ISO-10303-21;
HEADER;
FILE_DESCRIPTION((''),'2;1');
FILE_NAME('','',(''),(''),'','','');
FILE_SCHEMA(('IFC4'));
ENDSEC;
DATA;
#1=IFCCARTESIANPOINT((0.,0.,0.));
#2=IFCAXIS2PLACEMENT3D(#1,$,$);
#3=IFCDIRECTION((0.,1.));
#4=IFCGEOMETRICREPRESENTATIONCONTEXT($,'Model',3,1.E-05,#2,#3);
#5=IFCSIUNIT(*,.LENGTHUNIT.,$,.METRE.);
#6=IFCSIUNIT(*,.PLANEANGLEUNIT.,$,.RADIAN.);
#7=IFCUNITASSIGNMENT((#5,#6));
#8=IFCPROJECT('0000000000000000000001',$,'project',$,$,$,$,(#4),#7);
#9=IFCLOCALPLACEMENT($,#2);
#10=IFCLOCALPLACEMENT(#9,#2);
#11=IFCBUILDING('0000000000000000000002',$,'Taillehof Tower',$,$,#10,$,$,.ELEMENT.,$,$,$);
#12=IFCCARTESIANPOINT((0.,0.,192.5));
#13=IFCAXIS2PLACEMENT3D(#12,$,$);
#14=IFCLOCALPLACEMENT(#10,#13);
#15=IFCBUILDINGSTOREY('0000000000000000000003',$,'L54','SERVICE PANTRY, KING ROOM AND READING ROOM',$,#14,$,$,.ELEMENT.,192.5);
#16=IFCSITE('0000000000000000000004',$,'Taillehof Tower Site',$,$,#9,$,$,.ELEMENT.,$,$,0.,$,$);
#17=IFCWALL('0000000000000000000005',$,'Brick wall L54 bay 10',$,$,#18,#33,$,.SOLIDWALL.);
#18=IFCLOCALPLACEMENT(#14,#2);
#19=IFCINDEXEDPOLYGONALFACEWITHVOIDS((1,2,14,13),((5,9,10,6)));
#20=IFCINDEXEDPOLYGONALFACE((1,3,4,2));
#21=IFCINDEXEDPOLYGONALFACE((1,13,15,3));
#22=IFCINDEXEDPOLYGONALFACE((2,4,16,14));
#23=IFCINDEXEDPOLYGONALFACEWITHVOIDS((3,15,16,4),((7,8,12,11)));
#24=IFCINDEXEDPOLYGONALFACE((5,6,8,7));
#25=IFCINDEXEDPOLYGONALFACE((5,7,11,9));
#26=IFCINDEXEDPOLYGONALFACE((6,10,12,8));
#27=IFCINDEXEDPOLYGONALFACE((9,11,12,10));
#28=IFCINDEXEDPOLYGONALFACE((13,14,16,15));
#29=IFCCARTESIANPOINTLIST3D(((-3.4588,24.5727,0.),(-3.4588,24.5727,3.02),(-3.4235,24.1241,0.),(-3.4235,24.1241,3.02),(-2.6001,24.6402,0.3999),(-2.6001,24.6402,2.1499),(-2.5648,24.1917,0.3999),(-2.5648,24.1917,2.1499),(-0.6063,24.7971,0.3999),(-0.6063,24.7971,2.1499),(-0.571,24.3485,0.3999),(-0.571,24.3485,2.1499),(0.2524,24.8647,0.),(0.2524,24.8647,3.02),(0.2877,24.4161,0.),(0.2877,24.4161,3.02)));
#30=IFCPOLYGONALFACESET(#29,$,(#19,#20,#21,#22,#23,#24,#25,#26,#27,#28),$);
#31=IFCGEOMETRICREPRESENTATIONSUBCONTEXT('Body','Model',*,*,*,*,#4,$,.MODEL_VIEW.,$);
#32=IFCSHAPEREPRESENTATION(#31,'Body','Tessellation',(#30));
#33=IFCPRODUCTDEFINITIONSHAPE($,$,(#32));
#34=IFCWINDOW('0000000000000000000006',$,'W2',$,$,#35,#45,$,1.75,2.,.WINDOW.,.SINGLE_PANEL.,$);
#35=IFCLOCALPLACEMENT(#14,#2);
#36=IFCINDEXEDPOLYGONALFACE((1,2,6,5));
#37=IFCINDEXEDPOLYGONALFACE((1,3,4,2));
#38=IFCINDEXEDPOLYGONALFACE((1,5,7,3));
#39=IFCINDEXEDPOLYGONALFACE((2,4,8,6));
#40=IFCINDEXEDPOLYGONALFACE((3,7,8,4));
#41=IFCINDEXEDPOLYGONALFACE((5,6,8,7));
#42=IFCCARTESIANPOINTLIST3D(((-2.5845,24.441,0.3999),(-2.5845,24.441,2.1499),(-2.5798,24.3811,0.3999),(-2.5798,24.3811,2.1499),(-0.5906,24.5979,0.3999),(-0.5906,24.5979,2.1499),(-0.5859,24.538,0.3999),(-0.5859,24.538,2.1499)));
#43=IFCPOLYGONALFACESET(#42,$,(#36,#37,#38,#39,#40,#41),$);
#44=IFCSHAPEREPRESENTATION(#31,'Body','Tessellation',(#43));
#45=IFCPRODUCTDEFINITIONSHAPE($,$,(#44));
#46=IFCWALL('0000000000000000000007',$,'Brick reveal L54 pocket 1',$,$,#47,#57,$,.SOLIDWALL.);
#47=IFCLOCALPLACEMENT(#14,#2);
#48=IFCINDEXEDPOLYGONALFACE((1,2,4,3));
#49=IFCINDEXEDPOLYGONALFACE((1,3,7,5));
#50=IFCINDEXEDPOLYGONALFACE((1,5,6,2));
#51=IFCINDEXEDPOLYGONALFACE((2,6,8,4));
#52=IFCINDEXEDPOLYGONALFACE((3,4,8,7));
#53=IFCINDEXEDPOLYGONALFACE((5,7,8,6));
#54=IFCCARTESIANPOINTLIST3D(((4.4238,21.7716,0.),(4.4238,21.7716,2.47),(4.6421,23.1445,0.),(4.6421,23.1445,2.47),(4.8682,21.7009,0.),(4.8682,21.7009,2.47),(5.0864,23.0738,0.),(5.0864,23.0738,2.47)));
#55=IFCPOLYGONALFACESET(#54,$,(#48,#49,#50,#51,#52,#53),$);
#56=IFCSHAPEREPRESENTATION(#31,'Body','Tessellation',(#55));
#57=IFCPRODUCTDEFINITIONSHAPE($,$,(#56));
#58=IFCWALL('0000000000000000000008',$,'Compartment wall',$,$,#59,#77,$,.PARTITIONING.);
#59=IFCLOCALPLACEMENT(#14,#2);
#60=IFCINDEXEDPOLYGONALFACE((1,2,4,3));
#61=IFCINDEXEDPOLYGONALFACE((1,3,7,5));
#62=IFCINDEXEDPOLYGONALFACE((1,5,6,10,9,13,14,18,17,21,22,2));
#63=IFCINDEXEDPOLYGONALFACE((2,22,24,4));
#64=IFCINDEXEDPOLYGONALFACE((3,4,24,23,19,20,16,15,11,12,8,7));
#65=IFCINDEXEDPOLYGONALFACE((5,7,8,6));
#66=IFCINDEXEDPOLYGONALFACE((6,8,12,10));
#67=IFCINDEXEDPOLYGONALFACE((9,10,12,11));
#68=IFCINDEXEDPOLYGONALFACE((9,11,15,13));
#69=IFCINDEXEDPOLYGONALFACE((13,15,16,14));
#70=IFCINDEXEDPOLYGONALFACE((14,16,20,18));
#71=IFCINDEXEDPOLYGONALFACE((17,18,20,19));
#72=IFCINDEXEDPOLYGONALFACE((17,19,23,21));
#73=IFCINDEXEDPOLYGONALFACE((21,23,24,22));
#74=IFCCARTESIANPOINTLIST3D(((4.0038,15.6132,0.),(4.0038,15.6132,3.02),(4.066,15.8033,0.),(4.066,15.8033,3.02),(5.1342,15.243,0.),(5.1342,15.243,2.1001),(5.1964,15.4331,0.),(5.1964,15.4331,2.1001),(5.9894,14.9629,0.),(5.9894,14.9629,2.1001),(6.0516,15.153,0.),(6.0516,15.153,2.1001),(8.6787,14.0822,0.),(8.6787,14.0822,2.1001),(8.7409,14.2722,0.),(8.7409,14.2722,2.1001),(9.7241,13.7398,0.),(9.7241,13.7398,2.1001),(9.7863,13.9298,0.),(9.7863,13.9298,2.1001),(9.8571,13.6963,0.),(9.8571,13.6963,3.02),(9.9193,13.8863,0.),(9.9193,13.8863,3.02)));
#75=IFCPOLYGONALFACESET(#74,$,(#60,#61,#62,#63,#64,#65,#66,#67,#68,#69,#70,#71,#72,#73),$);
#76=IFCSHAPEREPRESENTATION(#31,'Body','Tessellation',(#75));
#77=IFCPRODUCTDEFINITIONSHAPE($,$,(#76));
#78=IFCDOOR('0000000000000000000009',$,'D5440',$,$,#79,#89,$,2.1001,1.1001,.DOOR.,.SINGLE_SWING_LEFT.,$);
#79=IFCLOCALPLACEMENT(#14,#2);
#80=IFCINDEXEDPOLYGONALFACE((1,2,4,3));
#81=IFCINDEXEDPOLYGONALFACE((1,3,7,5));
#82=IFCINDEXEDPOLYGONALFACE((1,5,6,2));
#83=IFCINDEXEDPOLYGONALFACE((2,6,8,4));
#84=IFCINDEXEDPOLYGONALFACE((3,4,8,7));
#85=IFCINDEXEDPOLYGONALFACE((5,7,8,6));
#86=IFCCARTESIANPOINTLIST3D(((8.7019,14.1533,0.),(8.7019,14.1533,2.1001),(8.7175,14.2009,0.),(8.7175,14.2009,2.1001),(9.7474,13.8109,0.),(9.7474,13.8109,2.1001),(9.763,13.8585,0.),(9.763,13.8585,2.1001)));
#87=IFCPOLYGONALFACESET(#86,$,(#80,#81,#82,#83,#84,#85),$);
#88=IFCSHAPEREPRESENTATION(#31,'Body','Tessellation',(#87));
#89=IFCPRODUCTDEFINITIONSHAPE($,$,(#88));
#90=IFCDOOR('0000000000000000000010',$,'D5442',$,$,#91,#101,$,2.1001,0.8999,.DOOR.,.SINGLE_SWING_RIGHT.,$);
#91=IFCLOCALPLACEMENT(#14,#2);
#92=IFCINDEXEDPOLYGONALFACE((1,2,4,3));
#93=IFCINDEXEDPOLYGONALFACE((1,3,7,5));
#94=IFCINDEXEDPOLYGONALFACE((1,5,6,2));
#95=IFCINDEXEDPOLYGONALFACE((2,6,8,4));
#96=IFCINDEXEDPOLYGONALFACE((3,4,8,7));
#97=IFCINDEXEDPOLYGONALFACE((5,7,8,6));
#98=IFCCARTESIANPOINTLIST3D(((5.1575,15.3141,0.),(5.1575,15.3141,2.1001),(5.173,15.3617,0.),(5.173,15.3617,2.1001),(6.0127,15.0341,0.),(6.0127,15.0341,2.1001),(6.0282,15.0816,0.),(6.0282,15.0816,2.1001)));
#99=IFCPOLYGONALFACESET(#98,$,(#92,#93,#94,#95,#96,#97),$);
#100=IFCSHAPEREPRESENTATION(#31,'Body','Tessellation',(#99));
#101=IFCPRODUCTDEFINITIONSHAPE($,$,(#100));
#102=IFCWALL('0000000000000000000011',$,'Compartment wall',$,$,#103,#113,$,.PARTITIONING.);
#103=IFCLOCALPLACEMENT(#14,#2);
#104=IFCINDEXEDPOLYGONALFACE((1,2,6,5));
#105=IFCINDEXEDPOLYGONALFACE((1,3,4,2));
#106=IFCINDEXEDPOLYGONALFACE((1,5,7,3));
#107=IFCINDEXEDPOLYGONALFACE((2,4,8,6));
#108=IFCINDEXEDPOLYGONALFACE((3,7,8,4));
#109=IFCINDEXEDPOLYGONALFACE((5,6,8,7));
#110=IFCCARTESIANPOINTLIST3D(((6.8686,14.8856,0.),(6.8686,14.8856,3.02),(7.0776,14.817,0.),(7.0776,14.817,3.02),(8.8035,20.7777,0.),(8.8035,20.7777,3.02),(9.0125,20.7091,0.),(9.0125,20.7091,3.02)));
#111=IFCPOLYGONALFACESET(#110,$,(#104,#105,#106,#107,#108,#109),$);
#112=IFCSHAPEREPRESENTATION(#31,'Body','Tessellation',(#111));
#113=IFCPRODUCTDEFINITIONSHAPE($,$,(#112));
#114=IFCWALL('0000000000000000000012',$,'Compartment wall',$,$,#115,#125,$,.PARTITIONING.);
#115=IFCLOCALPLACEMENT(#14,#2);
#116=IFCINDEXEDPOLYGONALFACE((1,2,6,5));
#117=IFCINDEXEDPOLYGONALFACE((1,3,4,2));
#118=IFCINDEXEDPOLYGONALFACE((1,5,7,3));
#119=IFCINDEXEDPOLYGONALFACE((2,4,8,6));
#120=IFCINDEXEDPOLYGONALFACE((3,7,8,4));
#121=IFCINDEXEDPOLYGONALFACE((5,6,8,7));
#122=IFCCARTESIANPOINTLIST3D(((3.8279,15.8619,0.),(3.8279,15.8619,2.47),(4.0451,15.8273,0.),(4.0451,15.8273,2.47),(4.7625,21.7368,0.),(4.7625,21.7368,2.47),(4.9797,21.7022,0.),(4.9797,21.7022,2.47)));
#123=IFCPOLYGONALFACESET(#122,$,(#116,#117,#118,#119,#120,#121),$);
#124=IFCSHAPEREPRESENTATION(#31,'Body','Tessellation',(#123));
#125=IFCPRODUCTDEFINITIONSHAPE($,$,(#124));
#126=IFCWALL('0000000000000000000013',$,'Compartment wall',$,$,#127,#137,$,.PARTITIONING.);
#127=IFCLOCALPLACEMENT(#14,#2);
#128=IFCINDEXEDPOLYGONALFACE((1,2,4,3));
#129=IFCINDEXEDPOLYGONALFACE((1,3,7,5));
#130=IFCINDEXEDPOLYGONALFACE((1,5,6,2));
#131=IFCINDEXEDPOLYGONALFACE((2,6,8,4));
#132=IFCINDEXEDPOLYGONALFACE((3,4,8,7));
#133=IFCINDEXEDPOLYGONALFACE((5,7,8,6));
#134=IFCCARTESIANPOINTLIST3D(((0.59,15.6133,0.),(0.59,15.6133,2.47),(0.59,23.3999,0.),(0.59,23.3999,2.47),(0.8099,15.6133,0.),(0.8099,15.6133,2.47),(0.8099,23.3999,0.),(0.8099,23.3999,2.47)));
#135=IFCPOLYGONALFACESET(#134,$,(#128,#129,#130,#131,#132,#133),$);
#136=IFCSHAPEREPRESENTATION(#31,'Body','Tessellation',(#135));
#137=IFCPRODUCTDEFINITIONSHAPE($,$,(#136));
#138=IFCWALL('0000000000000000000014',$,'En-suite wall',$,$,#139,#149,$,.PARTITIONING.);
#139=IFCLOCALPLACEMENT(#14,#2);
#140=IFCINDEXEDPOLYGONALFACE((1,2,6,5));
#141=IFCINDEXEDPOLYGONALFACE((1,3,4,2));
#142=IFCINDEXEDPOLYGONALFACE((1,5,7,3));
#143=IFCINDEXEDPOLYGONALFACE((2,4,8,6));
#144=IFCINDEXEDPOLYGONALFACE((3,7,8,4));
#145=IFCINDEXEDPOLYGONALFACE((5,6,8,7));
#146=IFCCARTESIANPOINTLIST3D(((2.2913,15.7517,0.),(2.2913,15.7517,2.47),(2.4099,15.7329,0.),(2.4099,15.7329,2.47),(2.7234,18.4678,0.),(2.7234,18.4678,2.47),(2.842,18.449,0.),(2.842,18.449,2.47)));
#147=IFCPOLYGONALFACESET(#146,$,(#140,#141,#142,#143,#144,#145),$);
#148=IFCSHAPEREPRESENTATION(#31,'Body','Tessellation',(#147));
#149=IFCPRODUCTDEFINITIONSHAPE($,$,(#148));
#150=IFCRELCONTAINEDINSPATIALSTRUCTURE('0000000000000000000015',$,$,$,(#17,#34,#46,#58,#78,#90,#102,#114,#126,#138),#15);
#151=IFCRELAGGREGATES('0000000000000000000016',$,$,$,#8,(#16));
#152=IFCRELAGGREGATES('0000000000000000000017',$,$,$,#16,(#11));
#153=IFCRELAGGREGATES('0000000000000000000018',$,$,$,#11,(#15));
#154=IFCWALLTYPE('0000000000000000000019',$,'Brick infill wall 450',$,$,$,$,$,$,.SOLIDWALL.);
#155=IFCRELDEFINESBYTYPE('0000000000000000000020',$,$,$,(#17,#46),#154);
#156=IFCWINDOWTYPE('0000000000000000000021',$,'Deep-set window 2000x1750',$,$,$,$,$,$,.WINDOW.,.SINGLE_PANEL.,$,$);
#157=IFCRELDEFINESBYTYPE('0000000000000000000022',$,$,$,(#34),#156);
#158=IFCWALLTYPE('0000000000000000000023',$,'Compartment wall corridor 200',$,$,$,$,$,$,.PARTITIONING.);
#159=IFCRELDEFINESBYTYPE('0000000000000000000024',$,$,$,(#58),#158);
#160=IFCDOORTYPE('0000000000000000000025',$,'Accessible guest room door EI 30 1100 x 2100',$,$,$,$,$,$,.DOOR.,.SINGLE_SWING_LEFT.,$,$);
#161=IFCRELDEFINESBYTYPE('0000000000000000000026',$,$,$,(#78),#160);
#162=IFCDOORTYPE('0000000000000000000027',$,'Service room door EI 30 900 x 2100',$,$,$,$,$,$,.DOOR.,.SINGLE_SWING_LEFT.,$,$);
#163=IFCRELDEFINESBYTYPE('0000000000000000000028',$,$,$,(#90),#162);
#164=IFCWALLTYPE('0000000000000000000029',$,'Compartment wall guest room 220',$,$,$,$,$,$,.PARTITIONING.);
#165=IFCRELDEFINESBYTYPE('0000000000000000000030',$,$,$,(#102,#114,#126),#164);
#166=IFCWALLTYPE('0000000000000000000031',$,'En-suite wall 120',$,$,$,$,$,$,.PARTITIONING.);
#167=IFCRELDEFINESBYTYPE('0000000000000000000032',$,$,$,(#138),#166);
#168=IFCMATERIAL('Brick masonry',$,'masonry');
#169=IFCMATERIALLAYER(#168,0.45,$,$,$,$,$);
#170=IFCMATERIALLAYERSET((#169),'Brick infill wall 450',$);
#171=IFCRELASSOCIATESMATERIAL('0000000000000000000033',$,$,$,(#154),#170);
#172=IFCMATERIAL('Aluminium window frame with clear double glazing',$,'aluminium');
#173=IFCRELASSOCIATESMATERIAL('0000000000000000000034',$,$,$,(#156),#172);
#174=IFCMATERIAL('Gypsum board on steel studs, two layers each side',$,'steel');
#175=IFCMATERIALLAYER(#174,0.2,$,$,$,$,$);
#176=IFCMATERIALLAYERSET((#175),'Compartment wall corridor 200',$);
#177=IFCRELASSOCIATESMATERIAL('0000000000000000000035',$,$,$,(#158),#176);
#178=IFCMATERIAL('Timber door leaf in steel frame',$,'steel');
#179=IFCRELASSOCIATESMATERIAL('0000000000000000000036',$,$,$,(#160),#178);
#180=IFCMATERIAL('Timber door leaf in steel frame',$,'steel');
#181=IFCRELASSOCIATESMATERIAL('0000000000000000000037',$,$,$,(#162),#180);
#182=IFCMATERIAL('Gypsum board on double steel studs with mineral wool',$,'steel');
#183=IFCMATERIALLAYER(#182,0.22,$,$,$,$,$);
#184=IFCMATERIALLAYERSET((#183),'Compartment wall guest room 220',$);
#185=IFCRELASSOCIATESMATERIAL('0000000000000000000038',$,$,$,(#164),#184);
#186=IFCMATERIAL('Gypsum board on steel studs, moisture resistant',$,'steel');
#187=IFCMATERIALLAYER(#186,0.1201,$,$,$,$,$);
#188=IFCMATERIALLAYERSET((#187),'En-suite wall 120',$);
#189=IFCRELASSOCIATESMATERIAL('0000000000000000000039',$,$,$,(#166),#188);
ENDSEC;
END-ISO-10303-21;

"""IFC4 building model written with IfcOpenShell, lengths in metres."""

from ifc_helpers import new_model, si_unit, direction, frame, frame_2d, origin, place, context, subcontext, project, spatial, rectangle, extrude, material, layer, layer_set, type_object, element, fill, save


model = new_model("IFC4")

# Units and contexts
model_context = context("Model", 3, precision=1e-05, world=origin(), true_north=direction((0.0, 1.0)))
body_context = subcontext(model_context, "Body", "Model", "MODEL_VIEW")
ifc_project = project(units=[si_unit("LENGTHUNIT", "METRE"), si_unit("PLANEANGLEUNIT", "RADIAN")], contexts=[model_context])

# Site, building, storey
site_placement = place(None, origin())
site = spatial("IfcSite", under=ifc_project, at=site_placement, Name="Taillehof Tower Site", CompositionType="ELEMENT", RefElevation=0.0)
building_placement = place(site_placement, origin())
building = spatial("IfcBuilding", under=site, at=building_placement, Name="Taillehof Tower", CompositionType="ELEMENT")
storey_placement = place(building_placement, frame((0.0, 0.0, 192.5)))
storey = spatial("IfcBuildingStorey", under=building, at=storey_placement, Name="L54", Description="SERVICE PANTRY, KING ROOM AND READING ROOM", CompositionType="ELEMENT", Elevation=192.5)

# Wall, opening, window
ifc_material_1 = material(Name="Brick masonry", Category="masonry")
ifc_layer_1 = layer(ifc_material_1, 0.45)
ifc_layer_set_1 = layer_set([ifc_layer_1], Name="Brick infill wall 450")
wall_type_1 = type_object("IfcWallType", Name="Brick infill wall 450", PredefinedType="SOLIDWALL", material=ifc_layer_set_1)
ifc_material_2 = material(Name="Aluminium window frame with clear double glazing", Category="aluminium")
window_type_1 = type_object("IfcWindowType", Name="Deep-set window 2000x1750", PartitioningType="SINGLE_PANEL", PredefinedType="WINDOW", material=ifc_material_2)
wall_1_placement = place(storey_placement, frame((0.27, 24.6404, 0.0), z_axis=(0.0, 0.0, 1.0), x_axis=(-0.996919, -0.078437, 0.0)))
wall_1 = element("IfcWall", 1, at=wall_1_placement, inside=storey, type_object=wall_type_1, Name="Brick wall L54 bay 10", PredefinedType="SOLIDWALL", context=body_context, shape_type="SweptSolid", body=[
    extrude(rectangle(XDim=3.7227, YDim=0.45, at=frame_2d((1.8613, 0.0))), origin(), (0.0, 0.0, 1.0), 3.02),
])
opening_1_placement = place(wall_1_placement, frame((0.8613, 0.0, 0.3999)))
opening_1 = element("IfcOpeningElement", 2, at=opening_1_placement, cuts=wall_1, PredefinedType="OPENING", context=body_context, shape_type="SweptSolid", body=[
    extrude(rectangle(XDim=2.0, YDim=1.75, at=frame_2d((1.0, 0.875))), frame((0.0, 0.2349, 0.0), z_axis=(0.0, -1.0, 0.0), x_axis=(1.0, 0.0, 0.0)), (0.0, 0.0, 1.0), 0.47),
])
window_1_placement = place(opening_1_placement, origin())
window_1 = element("IfcWindow", 3, at=window_1_placement, inside=storey, type_object=window_type_1, Name="W2", OverallHeight=1.75, OverallWidth=2.0, PartitioningType="SINGLE_PANEL", PredefinedType="WINDOW", context=body_context, shape_type="SweptSolid", body=[
    extrude(rectangle(XDim=2.0, YDim=1.75, at=frame_2d((1.0, 0.875))), frame((0.0, 0.0349, 0.0), z_axis=(0.0, -1.0, 0.0), x_axis=(1.0, 0.0, 0.0)), (0.0, 0.0, 1.0), 0.0601),
])
fill(opening_1, window_1)

# Wall
wall_2_placement = place(storey_placement, frame((4.8643, 23.1091, 0.0), z_axis=(0.0, 0.0, 1.0), x_axis=(-0.157018, -0.987596, 0.0)))
element("IfcWall", 4, at=wall_2_placement, inside=storey, type_object=wall_type_1, Name="Brick reveal L54 pocket 1", PredefinedType="SOLIDWALL", context=body_context, shape_type="SweptSolid", body=[
    extrude(rectangle(XDim=1.3901, YDim=0.45, at=frame_2d((0.6951, 0.0))), origin(), (0.0, 0.0, 1.0), 2.47),
])

# Wall, openings, doors
ifc_material_3 = material(Name="Gypsum board on steel studs, two layers each side", Category="steel")
ifc_layer_2 = layer(ifc_material_3, 0.2)
ifc_layer_set_2 = layer_set([ifc_layer_2], Name="Compartment wall corridor 200")
wall_type_2 = type_object("IfcWallType", Name="Compartment wall corridor 200", PredefinedType="PARTITIONING", material=ifc_layer_set_2)
wall_3_placement = place(storey_placement, frame((4.0349, 15.7083, 0.0), z_axis=(0.0, 0.0, 1.0), x_axis=(0.950331, -0.311241, 0.0)))
wall_3 = element("IfcWall", 5, at=wall_3_placement, inside=storey, type_object=wall_type_2, Name="Compartment wall", PredefinedType="PARTITIONING", context=body_context, shape_type="SweptSolid", body=[
    extrude(rectangle(XDim=6.1592, YDim=0.2, at=frame_2d((3.0796, 0.0))), origin(), (0.0, 0.0, 1.0), 3.02),
])
opening_2_placement = place(wall_3_placement, frame((4.9192, 0.0, 0.0)))
opening_2 = element("IfcOpeningElement", 6, at=opening_2_placement, cuts=wall_3, PredefinedType="OPENING", context=body_context, shape_type="SweptSolid", body=[
    extrude(rectangle(XDim=1.1001, YDim=2.1001, at=frame_2d((0.55, 1.05))), frame((0.0, 0.1099, 0.0), z_axis=(0.0, -1.0, 0.0), x_axis=(1.0, 0.0, 0.0)), (0.0, 0.0, 1.0), 0.22),
])
opening_3_placement = place(wall_3_placement, frame((1.1895, 0.0, 0.0)))
opening_3 = element("IfcOpeningElement", 7, at=opening_3_placement, cuts=wall_3, PredefinedType="OPENING", context=body_context, shape_type="SweptSolid", body=[
    extrude(rectangle(XDim=0.8999, YDim=2.1001, at=frame_2d((0.45, 1.05))), frame((0.0, 0.1099, 0.0), z_axis=(0.0, -1.0, 0.0), x_axis=(1.0, 0.0, 0.0)), (0.0, 0.0, 1.0), 0.22),
])
ifc_material_4 = material(Name="Timber door leaf in steel frame", Category="steel")
door_type_1 = type_object("IfcDoorType", Name="Accessible guest room door EI 30 1100 x 2100", OperationType="SINGLE_SWING_LEFT", PredefinedType="DOOR", material=ifc_material_4)
door_1_placement = place(opening_2_placement, origin())
door_1 = element("IfcDoor", 8, at=door_1_placement, inside=storey, type_object=door_type_1, Name="D5440", OperationType="SINGLE_SWING_LEFT", OverallHeight=2.1001, OverallWidth=1.1001, PredefinedType="DOOR", context=body_context, shape_type="SweptSolid", body=[
    extrude(rectangle(XDim=1.1001, YDim=2.1001, at=frame_2d((0.55, 1.05))), frame((0.0, 0.0249, 0.0), z_axis=(0.0, -1.0, 0.0), x_axis=(1.0, 0.0, 0.0)), (0.0, 0.0, 1.0), 0.05),
])
fill(opening_2, door_1)
ifc_material_5 = material(Name="Timber door leaf in steel frame", Category="steel")
door_type_2 = type_object("IfcDoorType", Name="Service room door EI 30 900 x 2100", OperationType="SINGLE_SWING_LEFT", PredefinedType="DOOR", material=ifc_material_5)
door_2_placement = place(opening_3_placement, origin())
door_2 = element("IfcDoor", 9, at=door_2_placement, inside=storey, type_object=door_type_2, Name="D5442", OperationType="SINGLE_SWING_RIGHT", OverallHeight=2.1001, OverallWidth=0.8999, PredefinedType="DOOR", context=body_context, shape_type="SweptSolid", body=[
    extrude(rectangle(XDim=0.8999, YDim=2.1001, at=frame_2d((0.45, 1.05))), frame((0.0, 0.0249, 0.0), z_axis=(0.0, -1.0, 0.0), x_axis=(1.0, 0.0, 0.0)), (0.0, 0.0, 1.0), 0.05),
])
fill(opening_3, door_2)

# Walls
ifc_material_6 = material(Name="Gypsum board on double steel studs with mineral wool", Category="steel")
ifc_layer_3 = layer(ifc_material_6, 0.22)
ifc_layer_set_3 = layer_set([ifc_layer_3], Name="Compartment wall guest room 220")
wall_type_3 = type_object("IfcWallType", Name="Compartment wall guest room 220", PredefinedType="PARTITIONING", material=ifc_layer_set_3)
wall_4_placement = place(storey_placement, frame((8.908, 20.7434, 0.0), z_axis=(0.0, 0.0, 1.0), x_axis=(-0.311985, -0.950087, 0.0)))
element("IfcWall", 10, at=wall_4_placement, inside=storey, type_object=wall_type_3, Name="Compartment wall", PredefinedType="PARTITIONING", context=body_context, shape_type="SweptSolid", body=[
    extrude(rectangle(XDim=6.2017, YDim=0.22, at=frame_2d((3.1008, 0.0))), origin(), (0.0, 0.0, 1.0), 3.02),
])
wall_5_placement = place(storey_placement, frame((4.8711, 21.7195, 0.0), z_axis=(0.0, 0.0, 1.0), x_axis=(-0.157107, -0.987582, 0.0)))
element("IfcWall", 11, at=wall_5_placement, inside=storey, type_object=wall_type_3, Name="Compartment wall", PredefinedType="PARTITIONING", context=body_context, shape_type="SweptSolid", body=[
    extrude(rectangle(XDim=5.9487, YDim=0.22, at=frame_2d((2.9744, 0.0))), origin(), (0.0, 0.0, 1.0), 2.47),
])
wall_6_placement = place(storey_placement, frame((0.7, 23.3999, 0.0), z_axis=(0.0, 0.0, 1.0), x_axis=(0.0, -1.0, 0.0)))
element("IfcWall", 12, at=wall_6_placement, inside=storey, type_object=wall_type_3, Name="Compartment wall", PredefinedType="PARTITIONING", context=body_context, shape_type="SweptSolid", body=[
    extrude(rectangle(XDim=7.7866, YDim=0.22, at=frame_2d((3.8933, 0.0))), origin(), (0.0, 0.0, 1.0), 2.47),
])
ifc_material_7 = material(Name="Gypsum board on steel studs, moisture resistant", Category="steel")
ifc_layer_4 = layer(ifc_material_7, 0.1201)
ifc_layer_set_4 = layer_set([ifc_layer_4], Name="En-suite wall 120")
wall_type_4 = type_object("IfcWallType", Name="En-suite wall 120", PredefinedType="PARTITIONING", material=ifc_layer_set_4)
wall_7_placement = place(storey_placement, frame((2.3506, 15.7424, 0.0), z_axis=(0.0, 0.0, 1.0), x_axis=(0.157125, 0.987579, 0.0)))
element("IfcWall", 13, at=wall_7_placement, inside=storey, type_object=wall_type_4, Name="En-suite wall", PredefinedType="PARTITIONING", context=body_context, shape_type="SweptSolid", body=[
    extrude(rectangle(XDim=2.7502, YDim=0.1201, at=frame_2d((1.375, 0.0))), origin(), (0.0, 0.0, 1.0), 2.47),
])

save(model, "model.ifc")
